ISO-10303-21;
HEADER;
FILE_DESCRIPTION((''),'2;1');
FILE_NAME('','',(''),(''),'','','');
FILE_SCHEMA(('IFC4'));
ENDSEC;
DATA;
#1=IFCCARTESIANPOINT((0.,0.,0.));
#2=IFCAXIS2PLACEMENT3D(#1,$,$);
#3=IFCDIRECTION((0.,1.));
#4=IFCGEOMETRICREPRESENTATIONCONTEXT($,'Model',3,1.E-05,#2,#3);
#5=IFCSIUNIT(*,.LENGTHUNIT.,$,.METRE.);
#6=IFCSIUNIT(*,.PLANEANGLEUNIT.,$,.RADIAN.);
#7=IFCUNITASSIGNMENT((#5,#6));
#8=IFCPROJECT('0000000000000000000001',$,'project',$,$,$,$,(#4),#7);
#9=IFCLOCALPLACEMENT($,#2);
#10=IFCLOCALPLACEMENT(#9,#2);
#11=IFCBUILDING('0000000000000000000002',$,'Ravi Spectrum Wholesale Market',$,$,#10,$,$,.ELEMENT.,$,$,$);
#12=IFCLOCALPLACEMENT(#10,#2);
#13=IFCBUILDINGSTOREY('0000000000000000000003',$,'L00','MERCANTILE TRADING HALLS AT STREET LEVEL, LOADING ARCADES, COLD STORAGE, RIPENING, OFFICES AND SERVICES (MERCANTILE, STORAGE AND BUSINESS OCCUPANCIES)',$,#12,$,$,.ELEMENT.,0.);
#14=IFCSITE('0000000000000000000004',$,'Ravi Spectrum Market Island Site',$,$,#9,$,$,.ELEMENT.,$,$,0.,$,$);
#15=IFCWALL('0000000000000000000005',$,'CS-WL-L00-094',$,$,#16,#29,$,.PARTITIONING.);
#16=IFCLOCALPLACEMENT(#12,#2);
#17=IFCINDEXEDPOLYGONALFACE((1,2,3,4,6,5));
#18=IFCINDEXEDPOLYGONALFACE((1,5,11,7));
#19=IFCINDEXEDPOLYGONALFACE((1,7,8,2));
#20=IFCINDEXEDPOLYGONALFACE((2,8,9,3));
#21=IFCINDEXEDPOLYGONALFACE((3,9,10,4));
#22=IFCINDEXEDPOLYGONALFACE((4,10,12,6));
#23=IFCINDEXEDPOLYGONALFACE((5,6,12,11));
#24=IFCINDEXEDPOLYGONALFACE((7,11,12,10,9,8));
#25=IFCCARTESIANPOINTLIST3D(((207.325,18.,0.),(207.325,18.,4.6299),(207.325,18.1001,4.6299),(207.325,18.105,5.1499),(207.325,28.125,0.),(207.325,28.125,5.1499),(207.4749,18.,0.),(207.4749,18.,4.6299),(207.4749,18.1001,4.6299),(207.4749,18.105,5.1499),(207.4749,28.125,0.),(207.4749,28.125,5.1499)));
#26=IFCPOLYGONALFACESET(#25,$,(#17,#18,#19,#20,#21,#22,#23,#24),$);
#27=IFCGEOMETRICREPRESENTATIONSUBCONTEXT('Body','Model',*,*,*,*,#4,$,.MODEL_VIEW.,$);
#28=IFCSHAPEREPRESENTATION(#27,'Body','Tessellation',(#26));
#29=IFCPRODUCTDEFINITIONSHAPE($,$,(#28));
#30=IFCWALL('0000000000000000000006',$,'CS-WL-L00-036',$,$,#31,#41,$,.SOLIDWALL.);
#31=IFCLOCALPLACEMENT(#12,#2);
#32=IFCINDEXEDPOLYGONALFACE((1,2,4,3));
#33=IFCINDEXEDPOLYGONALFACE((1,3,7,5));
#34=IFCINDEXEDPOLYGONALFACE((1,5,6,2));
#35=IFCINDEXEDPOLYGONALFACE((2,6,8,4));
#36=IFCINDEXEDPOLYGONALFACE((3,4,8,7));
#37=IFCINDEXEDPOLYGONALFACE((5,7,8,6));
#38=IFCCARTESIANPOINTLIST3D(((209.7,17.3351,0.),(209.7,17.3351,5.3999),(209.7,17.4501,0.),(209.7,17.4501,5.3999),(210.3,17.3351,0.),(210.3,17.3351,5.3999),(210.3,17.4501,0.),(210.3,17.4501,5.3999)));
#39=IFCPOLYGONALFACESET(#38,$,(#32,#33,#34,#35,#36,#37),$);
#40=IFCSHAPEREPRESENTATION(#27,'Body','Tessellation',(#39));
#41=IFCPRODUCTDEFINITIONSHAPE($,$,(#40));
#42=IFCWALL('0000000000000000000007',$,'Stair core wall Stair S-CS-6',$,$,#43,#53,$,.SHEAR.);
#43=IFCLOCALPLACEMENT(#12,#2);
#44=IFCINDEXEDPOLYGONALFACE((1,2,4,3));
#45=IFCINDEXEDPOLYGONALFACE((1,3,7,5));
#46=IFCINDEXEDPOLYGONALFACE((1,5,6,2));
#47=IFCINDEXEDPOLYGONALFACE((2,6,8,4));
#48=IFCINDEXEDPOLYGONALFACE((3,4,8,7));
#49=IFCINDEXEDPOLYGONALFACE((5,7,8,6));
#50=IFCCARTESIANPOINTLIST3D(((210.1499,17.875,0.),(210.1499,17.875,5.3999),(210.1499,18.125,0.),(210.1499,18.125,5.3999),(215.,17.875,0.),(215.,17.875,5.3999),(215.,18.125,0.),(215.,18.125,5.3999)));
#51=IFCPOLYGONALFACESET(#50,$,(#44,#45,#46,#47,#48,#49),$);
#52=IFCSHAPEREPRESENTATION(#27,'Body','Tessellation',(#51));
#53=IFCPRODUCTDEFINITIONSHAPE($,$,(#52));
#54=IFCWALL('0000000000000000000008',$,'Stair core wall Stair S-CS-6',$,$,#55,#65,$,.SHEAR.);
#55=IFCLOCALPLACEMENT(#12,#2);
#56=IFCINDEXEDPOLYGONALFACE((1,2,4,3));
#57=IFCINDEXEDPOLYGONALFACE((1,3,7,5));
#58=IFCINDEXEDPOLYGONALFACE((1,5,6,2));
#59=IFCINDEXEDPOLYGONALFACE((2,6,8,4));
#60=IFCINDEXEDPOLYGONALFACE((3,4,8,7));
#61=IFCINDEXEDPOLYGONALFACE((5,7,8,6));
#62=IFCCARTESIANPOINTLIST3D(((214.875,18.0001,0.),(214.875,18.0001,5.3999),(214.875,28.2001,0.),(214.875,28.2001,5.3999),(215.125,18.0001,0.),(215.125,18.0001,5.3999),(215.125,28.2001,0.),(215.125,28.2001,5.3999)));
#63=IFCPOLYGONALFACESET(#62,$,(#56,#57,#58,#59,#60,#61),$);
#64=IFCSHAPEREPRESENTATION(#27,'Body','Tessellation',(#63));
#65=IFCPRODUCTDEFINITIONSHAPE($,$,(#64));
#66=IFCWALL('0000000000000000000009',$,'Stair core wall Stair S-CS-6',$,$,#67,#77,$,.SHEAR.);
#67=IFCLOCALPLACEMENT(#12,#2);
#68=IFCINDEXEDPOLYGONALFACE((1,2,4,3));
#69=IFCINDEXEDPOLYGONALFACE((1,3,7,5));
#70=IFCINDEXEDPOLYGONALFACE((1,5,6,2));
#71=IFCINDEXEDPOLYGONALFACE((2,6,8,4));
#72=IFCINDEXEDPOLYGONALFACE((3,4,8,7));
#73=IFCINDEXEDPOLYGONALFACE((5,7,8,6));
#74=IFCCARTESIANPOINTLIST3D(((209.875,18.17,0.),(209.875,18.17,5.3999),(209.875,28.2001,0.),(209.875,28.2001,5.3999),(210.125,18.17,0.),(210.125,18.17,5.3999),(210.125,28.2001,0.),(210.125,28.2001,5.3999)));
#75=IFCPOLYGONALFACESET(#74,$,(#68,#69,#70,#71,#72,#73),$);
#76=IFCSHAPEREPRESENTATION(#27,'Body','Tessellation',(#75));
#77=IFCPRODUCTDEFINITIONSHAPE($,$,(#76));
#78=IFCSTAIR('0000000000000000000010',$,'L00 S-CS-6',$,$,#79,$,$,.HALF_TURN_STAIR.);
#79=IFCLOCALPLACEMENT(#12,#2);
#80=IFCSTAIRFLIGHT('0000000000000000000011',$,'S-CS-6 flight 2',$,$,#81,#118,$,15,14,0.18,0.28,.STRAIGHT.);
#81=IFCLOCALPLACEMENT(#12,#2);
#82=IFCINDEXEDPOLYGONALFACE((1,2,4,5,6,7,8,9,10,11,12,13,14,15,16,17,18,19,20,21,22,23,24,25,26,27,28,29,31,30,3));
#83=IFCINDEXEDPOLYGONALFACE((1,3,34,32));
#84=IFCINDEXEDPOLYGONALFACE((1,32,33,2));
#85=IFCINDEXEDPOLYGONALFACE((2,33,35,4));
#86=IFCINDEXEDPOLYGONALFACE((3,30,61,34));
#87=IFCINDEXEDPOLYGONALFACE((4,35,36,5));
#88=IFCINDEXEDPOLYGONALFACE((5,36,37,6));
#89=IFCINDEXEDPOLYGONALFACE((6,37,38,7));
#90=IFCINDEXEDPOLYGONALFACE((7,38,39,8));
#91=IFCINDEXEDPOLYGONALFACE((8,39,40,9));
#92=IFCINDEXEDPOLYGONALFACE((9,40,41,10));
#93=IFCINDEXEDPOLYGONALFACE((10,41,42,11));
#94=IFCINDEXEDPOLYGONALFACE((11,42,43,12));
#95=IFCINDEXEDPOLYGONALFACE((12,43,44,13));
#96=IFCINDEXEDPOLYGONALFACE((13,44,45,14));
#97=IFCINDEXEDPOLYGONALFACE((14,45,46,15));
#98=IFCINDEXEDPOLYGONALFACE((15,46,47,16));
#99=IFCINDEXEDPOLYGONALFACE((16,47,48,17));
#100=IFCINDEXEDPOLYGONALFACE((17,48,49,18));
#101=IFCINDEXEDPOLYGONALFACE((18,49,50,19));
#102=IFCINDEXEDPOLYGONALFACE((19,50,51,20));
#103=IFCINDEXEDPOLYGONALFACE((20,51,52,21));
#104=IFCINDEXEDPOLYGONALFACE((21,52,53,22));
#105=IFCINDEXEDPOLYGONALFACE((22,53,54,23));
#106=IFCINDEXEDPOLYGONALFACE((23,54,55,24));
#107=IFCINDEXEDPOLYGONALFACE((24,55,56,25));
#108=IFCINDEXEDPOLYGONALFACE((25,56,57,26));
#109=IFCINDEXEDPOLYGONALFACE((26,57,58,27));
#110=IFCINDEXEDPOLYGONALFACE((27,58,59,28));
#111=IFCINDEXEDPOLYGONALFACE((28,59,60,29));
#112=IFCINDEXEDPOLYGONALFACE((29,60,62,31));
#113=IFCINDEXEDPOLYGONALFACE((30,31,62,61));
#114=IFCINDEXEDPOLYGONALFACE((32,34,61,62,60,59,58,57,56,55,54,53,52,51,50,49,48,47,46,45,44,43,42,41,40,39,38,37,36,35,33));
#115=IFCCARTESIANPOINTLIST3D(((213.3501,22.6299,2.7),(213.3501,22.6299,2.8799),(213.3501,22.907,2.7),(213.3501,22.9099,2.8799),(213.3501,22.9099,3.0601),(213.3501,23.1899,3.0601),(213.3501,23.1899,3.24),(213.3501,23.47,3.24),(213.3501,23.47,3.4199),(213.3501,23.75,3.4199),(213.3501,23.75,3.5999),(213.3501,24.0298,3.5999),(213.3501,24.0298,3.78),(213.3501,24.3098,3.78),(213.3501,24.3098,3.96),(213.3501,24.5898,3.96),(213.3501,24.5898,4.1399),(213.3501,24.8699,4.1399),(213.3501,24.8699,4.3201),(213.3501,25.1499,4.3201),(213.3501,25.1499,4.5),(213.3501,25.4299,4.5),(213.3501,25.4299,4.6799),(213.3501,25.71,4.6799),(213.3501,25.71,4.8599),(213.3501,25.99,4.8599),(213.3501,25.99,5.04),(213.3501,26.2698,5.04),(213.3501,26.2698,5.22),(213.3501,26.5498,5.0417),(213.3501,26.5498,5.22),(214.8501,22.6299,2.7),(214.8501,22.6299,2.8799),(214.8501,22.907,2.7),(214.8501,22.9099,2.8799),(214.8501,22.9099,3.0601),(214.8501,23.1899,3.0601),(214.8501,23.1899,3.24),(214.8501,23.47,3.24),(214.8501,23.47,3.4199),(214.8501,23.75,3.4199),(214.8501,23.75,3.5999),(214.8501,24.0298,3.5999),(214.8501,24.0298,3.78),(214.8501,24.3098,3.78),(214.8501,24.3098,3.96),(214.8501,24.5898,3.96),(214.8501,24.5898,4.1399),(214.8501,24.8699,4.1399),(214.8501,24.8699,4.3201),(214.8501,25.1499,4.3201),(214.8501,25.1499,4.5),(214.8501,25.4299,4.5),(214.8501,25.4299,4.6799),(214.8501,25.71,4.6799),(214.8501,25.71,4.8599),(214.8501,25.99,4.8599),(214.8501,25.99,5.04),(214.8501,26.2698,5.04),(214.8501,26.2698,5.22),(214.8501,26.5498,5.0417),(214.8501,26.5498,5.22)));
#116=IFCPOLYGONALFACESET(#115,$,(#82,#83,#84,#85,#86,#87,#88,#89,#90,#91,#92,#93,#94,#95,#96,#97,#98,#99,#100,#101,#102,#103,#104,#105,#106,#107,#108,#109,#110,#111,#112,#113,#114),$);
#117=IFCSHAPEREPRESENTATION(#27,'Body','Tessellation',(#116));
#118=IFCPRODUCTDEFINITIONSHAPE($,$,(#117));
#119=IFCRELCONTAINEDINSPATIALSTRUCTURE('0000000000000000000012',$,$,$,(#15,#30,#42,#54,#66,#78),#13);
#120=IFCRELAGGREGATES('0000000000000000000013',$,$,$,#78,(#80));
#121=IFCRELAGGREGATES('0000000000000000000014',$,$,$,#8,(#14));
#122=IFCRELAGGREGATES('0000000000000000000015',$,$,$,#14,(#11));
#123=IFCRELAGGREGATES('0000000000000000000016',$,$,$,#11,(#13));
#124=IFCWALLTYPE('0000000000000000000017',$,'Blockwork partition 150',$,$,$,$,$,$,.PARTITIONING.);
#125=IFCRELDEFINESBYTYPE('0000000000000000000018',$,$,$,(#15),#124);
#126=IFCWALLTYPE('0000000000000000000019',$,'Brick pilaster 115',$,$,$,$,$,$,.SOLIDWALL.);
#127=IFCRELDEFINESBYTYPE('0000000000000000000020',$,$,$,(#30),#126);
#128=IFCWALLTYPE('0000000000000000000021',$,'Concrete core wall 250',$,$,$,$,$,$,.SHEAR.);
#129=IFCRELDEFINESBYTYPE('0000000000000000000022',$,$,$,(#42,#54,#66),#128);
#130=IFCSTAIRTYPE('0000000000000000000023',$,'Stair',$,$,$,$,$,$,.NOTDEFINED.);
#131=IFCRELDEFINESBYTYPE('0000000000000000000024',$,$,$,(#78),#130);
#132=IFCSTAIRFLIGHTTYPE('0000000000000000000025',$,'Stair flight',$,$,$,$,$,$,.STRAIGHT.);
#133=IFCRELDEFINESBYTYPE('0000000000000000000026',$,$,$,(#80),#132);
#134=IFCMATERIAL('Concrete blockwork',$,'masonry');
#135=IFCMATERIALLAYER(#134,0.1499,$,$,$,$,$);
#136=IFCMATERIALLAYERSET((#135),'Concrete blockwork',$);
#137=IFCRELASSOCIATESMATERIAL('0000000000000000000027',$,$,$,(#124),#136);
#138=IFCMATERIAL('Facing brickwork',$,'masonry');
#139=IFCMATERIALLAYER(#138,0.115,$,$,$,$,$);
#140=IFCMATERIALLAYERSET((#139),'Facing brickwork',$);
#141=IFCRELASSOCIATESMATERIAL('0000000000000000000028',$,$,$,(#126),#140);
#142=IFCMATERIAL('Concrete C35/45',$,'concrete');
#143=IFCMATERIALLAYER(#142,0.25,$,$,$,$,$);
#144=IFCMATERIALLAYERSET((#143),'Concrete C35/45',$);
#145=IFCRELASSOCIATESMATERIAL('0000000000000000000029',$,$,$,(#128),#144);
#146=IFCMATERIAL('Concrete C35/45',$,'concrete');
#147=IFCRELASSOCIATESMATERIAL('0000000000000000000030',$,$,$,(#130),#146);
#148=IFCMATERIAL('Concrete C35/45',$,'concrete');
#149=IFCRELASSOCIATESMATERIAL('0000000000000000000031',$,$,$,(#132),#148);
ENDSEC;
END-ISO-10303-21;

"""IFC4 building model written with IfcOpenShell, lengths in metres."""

from ifc_helpers import new_model, si_unit, direction, frame, frame_2d, origin, place, context, subcontext, project, spatial, polyline, rectangle, outline, extrude, material, layer, layer_set, type_object, element, aggregate, save


model = new_model("IFC4")

# Units and contexts
model_context = context("Model", 3, precision=1e-05, world=origin(), true_north=direction((0.0, 1.0)))
body_context = subcontext(model_context, "Body", "Model", "MODEL_VIEW")
ifc_project = project(units=[si_unit("LENGTHUNIT", "METRE"), si_unit("PLANEANGLEUNIT", "RADIAN")], contexts=[model_context])

# Site, building, storey
site_placement = place(None, origin())
site = spatial("IfcSite", under=ifc_project, at=site_placement, Name="Ravi Spectrum Market Island Site", CompositionType="ELEMENT", RefElevation=0.0)
building_placement = place(site_placement, origin())
building = spatial("IfcBuilding", under=site, at=building_placement, Name="Ravi Spectrum Wholesale Market", CompositionType="ELEMENT")
storey_placement = place(building_placement, origin())
storey = spatial("IfcBuildingStorey", under=building, at=storey_placement, Name="L00", Description="MERCANTILE TRADING HALLS AT STREET LEVEL, LOADING ARCADES, COLD STORAGE, RIPENING, OFFICES AND SERVICES (MERCANTILE, STORAGE AND BUSINESS OCCUPANCIES)", CompositionType="ELEMENT", Elevation=0.0)

# Walls
ifc_material_1 = material(Name="Concrete blockwork", Category="masonry")
ifc_layer_1 = layer(ifc_material_1, 0.1499)
ifc_layer_set_1 = layer_set([ifc_layer_1], Name="Concrete blockwork")
wall_type_1 = type_object("IfcWallType", Name="Blockwork partition 150", PredefinedType="PARTITIONING", material=ifc_layer_set_1)
wall_1_placement = place(storey_placement, frame((207.3999, 18.0, 0.0), z_axis=(0.0, 0.0, 1.0), x_axis=(0.0, 1.0, 0.0)))
element("IfcWall", 1, at=wall_1_placement, inside=storey, type_object=wall_type_1, Name="CS-WL-L00-094", PredefinedType="PARTITIONING", context=body_context, shape_type="SweptSolid", body=[
    extrude(outline(polyline([(0.0, 0.0), (10.125, 0.0), (10.125, 5.1499), (0.105, 5.1499), (0.1001, 4.6299), (0.0, 4.6299), (0.0, 0.0)])), frame((0.0, 0.075, 0.0), z_axis=(0.0, -1.0, 0.0), x_axis=(1.0, 0.0, 0.0)), (0.0, 0.0, 1.0), 0.1499),
])
ifc_material_2 = material(Name="Facing brickwork", Category="masonry")
ifc_layer_2 = layer(ifc_material_2, 0.115)
ifc_layer_set_2 = layer_set([ifc_layer_2], Name="Facing brickwork")
wall_type_2 = type_object("IfcWallType", Name="Brick pilaster 115", PredefinedType="SOLIDWALL", material=ifc_layer_set_2)
wall_2_placement = place(storey_placement, frame((209.7, 17.3926, 0.0), z_axis=(0.0, 0.0, 1.0), x_axis=(1.0, 0.0, 0.0)))
element("IfcWall", 2, at=wall_2_placement, inside=storey, type_object=wall_type_2, Name="CS-WL-L00-036", PredefinedType="SOLIDWALL", context=body_context, shape_type="SweptSolid", body=[
    extrude(rectangle(XDim=0.6001, YDim=0.115, at=frame_2d((0.3, 0.0))), origin(), (0.0, 0.0, 1.0), 5.3999),
])
ifc_material_3 = material(Name="Concrete C35/45", Category="concrete")
ifc_layer_3 = layer(ifc_material_3, 0.25)
ifc_layer_set_3 = layer_set([ifc_layer_3], Name="Concrete C35/45")
wall_type_3 = type_object("IfcWallType", Name="Concrete core wall 250", PredefinedType="SHEAR", material=ifc_layer_set_3)
wall_3_placement = place(storey_placement, frame((210.1499, 18.0, 0.0), z_axis=(0.0, 0.0, 1.0), x_axis=(1.0, 0.0, 0.0)))
element("IfcWall", 3, at=wall_3_placement, inside=storey, type_object=wall_type_3, Name="Stair core wall Stair S-CS-6", PredefinedType="SHEAR", context=body_context, shape_type="SweptSolid", body=[
    extrude(rectangle(XDim=4.8501, YDim=0.25, at=frame_2d((2.425, 0.0))), origin(), (0.0, 0.0, 1.0), 5.3999),
])
wall_4_placement = place(storey_placement, frame((215.0, 18.0, 0.0), z_axis=(0.0, 0.0, 1.0), x_axis=(0.0, 1.0, 0.0)))
element("IfcWall", 4, at=wall_4_placement, inside=storey, type_object=wall_type_3, Name="Stair core wall Stair S-CS-6", PredefinedType="SHEAR", context=body_context, shape_type="SweptSolid", body=[
    extrude(rectangle(XDim=10.2, YDim=0.25, at=frame_2d((5.1001, 0.0))), origin(), (0.0, 0.0, 1.0), 5.3999),
])
wall_5_placement = place(storey_placement, frame((210.0, 18.1699, 0.0), z_axis=(0.0, 0.0, 1.0), x_axis=(0.0, 1.0, 0.0)))
element("IfcWall", 5, at=wall_5_placement, inside=storey, type_object=wall_type_3, Name="Stair core wall Stair S-CS-6", PredefinedType="SHEAR", context=body_context, shape_type="SweptSolid", body=[
    extrude(rectangle(XDim=10.03, YDim=0.25, at=frame_2d((5.0151, 0.0))), origin(), (0.0, 0.0, 1.0), 5.3999),
])

# Stair, stair flight
ifc_material_4 = material(Name="Concrete C35/45", Category="concrete")
stair_type = type_object("IfcStairType", Name="Stair", PredefinedType="NOTDEFINED", material=ifc_material_4)
stair_placement = place(storey_placement, origin())
stair = element("IfcStair", 6, at=stair_placement, inside=storey, type_object=stair_type, Name="L00 S-CS-6", PredefinedType="HALF_TURN_STAIR")
ifc_material_5 = material(Name="Concrete C35/45", Category="concrete")
stair_flight_type = type_object("IfcStairFlightType", Name="Stair flight", PredefinedType="STRAIGHT", material=ifc_material_5)
stair_flight_placement = place(storey_placement, frame((214.1001, 22.6299, 2.7), z_axis=(0.0, 0.0, 1.0), x_axis=(0.0, 1.0, 0.0)))
stair_flight = element("IfcStairFlight", 7, at=stair_flight_placement, type_object=stair_flight_type, Name="S-CS-6 flight 2", NumberOfRisers=15, NumberOfTreads=14, PredefinedType="STRAIGHT", RiserHeight=0.18, TreadLength=0.28, context=body_context, shape_type="SweptSolid", body=[
    extrude(outline(polyline([(0.0, 0.0), (0.0, 0.1799), (0.28, 0.1799), (0.28, 0.3601), (0.5601, 0.3601), (0.5601, 0.54), (0.8401, 0.54), (0.8401, 0.72), (1.1201, 0.72), (1.1201, 0.8999), (1.3999, 0.8999), (1.3999, 1.0801), (1.6799, 1.0801), (1.6799, 1.26), (1.96, 1.26), (1.96, 1.4399), (2.24, 1.4399), (2.24, 1.6201), (2.52, 1.6201), (2.52, 1.8), (2.8, 1.8), (2.8, 1.98), (3.0801, 1.98), (3.0801, 2.1599), (3.3601, 2.1599), (3.3601, 2.3401), (3.6399, 2.3401), (3.6399, 2.52), (3.9199, 2.52), (3.9199, 2.7), (3.9199, 2.3418), (0.2771, 0.0), (0.0, 0.0)])), frame((0.0, 0.75, 0.0), z_axis=(0.0, -1.0, 0.0), x_axis=(1.0, 0.0, 0.0)), (0.0, 0.0, 1.0), 1.5),
])
aggregate(stair, [stair_flight])

save(model, "model.ifc")
